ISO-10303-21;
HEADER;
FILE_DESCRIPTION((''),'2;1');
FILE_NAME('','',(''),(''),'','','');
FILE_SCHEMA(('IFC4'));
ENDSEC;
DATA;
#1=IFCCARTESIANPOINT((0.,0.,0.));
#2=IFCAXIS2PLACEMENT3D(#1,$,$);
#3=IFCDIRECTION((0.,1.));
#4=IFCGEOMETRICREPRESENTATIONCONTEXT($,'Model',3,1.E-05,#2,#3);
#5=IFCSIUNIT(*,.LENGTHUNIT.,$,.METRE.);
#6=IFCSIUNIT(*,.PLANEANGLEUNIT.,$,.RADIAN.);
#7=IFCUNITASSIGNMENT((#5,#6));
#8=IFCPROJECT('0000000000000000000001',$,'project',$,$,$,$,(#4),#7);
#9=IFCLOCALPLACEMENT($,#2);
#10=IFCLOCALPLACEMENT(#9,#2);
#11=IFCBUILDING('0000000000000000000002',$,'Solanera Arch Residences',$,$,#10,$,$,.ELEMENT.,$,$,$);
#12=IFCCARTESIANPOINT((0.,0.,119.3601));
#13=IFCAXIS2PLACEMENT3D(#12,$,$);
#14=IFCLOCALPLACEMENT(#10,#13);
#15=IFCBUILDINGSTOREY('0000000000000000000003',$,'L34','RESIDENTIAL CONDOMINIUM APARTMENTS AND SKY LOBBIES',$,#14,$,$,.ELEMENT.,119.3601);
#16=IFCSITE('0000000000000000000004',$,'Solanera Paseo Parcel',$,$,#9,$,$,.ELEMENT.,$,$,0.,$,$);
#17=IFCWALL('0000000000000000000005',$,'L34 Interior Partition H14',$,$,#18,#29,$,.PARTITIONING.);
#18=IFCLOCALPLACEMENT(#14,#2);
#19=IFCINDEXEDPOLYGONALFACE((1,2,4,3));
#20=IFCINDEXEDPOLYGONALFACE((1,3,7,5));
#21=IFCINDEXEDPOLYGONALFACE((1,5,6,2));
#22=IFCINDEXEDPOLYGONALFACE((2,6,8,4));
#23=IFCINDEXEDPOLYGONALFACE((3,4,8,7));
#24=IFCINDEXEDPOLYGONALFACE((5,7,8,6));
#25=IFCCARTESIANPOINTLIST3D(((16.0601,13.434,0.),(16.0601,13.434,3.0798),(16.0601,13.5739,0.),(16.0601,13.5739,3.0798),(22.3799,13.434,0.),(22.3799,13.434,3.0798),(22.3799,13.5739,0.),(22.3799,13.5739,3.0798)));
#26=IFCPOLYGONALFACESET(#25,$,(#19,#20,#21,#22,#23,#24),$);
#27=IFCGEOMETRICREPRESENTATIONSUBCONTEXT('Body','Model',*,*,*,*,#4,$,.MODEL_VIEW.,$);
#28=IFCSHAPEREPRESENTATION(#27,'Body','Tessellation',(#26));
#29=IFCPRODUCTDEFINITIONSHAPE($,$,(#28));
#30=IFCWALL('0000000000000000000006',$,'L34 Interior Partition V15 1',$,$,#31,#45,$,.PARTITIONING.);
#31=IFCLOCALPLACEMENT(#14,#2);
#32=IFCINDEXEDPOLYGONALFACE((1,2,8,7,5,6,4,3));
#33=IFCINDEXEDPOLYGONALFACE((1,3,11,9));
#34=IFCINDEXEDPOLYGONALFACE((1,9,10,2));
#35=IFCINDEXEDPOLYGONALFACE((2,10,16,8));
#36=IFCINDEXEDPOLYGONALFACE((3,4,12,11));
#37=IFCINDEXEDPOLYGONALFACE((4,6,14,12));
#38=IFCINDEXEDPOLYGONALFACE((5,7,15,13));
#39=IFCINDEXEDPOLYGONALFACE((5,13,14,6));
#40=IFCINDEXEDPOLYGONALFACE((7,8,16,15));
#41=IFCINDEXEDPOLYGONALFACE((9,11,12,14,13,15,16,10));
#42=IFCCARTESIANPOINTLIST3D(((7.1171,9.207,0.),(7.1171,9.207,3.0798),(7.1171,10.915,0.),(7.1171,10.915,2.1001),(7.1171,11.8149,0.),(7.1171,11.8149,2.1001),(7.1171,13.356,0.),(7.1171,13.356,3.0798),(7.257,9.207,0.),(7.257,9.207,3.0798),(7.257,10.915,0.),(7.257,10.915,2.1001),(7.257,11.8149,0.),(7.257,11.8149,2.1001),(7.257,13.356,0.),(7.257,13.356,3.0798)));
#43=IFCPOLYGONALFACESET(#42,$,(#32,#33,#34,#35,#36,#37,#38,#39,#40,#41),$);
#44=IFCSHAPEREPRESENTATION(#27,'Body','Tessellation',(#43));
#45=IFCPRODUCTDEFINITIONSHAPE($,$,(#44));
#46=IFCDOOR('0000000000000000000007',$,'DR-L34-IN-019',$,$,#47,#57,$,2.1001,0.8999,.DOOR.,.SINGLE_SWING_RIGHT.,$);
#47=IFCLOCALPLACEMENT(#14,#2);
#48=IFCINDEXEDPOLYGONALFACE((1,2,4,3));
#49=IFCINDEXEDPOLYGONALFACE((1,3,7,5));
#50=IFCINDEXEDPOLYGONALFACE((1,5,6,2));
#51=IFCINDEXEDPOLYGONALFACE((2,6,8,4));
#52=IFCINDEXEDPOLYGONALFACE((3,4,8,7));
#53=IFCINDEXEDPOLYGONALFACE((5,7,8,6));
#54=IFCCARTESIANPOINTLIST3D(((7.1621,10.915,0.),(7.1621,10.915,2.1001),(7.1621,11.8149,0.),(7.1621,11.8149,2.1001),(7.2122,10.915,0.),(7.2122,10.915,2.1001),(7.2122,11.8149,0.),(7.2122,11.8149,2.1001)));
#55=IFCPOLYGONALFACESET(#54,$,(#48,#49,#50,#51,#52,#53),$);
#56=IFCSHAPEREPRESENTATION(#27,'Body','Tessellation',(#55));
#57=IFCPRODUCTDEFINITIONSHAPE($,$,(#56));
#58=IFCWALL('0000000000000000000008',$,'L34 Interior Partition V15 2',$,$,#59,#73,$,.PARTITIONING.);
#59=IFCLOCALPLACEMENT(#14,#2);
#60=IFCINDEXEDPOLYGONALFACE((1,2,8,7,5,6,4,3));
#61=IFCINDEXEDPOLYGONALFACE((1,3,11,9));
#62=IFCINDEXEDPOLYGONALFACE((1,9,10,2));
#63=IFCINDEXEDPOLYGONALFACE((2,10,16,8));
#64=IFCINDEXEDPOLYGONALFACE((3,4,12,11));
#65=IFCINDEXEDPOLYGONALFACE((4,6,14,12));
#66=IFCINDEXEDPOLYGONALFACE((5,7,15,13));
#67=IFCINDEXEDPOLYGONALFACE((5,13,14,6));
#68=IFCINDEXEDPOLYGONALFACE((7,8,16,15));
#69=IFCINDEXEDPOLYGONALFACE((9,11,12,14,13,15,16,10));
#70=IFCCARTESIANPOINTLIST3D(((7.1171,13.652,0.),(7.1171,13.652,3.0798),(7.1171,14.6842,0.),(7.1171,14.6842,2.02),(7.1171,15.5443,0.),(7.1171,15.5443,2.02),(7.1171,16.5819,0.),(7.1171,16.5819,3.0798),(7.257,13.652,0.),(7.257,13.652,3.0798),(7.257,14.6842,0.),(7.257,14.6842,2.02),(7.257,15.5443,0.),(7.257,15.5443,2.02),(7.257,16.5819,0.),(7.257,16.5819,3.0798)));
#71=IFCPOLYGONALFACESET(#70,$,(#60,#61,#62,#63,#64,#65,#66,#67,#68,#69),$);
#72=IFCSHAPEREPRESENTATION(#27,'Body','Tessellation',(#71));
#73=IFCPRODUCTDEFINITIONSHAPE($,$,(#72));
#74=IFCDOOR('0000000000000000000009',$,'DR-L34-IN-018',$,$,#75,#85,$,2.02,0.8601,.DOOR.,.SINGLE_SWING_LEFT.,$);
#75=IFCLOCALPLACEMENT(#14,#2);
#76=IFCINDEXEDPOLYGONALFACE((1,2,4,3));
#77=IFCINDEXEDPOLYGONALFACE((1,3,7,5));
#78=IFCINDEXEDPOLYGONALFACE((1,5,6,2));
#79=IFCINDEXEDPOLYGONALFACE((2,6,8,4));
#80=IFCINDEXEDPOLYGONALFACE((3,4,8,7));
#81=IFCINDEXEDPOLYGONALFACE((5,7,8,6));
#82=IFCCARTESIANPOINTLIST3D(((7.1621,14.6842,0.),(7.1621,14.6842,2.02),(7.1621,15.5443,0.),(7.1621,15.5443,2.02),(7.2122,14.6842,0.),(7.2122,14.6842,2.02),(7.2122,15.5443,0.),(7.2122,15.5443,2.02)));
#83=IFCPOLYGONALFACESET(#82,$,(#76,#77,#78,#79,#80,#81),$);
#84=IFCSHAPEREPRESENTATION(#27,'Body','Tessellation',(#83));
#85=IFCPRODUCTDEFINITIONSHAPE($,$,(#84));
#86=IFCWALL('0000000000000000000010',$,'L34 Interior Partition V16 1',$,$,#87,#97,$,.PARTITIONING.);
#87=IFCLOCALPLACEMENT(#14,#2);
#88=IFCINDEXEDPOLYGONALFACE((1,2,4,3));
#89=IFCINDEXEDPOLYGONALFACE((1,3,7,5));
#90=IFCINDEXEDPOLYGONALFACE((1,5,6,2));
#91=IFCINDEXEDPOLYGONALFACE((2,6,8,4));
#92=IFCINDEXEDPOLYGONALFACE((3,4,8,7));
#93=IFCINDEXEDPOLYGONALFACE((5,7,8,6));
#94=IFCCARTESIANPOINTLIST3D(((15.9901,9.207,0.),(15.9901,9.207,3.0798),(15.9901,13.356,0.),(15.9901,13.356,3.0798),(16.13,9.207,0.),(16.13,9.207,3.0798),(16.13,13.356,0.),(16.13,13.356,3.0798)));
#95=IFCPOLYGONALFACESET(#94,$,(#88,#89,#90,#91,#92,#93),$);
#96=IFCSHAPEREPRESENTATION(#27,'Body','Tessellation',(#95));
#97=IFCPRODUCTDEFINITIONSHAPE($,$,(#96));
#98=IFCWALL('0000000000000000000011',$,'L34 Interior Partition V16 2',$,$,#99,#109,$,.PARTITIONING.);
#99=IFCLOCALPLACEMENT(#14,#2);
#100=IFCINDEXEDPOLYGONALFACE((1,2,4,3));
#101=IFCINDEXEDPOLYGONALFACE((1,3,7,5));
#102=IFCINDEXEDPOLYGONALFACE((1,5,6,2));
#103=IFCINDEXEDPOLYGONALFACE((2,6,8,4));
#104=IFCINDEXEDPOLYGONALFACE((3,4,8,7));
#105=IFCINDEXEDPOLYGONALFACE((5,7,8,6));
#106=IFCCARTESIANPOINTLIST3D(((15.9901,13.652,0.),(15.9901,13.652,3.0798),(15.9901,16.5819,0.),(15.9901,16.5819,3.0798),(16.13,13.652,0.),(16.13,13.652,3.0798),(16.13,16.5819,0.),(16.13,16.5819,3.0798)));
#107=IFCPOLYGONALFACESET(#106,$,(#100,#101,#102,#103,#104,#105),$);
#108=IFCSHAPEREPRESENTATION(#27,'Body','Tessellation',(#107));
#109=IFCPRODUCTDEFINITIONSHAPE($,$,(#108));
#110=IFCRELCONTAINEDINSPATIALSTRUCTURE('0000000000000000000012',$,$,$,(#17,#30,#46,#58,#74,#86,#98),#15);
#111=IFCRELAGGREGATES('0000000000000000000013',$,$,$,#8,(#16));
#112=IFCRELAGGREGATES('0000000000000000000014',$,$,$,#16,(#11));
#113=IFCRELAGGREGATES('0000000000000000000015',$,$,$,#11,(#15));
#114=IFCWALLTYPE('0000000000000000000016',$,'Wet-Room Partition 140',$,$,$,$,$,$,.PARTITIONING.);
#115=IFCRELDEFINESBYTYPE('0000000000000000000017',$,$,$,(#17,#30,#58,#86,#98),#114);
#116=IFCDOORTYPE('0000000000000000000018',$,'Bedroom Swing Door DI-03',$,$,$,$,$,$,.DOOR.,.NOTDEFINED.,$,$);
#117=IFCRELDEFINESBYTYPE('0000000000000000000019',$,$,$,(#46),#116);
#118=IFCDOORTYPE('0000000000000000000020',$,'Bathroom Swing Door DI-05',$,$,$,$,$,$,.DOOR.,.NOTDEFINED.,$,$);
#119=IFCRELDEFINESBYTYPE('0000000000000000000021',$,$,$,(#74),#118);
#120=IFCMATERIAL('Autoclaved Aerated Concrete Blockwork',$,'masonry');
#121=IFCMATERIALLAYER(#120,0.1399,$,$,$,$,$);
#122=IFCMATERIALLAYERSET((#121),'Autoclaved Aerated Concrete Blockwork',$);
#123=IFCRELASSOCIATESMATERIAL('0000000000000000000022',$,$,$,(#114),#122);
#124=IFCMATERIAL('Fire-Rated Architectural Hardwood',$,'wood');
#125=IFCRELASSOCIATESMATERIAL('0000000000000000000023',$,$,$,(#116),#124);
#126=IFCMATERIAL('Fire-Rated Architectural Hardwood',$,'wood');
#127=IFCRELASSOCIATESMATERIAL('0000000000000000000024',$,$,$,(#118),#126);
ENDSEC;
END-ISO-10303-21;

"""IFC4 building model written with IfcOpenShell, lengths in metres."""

from ifc_helpers import new_model, si_unit, direction, frame, frame_2d, origin, place, context, subcontext, project, spatial, rectangle, extrude, material, layer, layer_set, type_object, element, fill, save


model = new_model("IFC4")

# Units and contexts
model_context = context("Model", 3, precision=1e-05, world=origin(), true_north=direction((0.0, 1.0)))
body_context = subcontext(model_context, "Body", "Model", "MODEL_VIEW")
ifc_project = project(units=[si_unit("LENGTHUNIT", "METRE"), si_unit("PLANEANGLEUNIT", "RADIAN")], contexts=[model_context])

# Site, building, storey
site_placement = place(None, origin())
site = spatial("IfcSite", under=ifc_project, at=site_placement, Name="Solanera Paseo Parcel", CompositionType="ELEMENT", RefElevation=0.0)
building_placement = place(site_placement, origin())
building = spatial("IfcBuilding", under=site, at=building_placement, Name="Solanera Arch Residences", CompositionType="ELEMENT")
storey_placement = place(building_placement, frame((0.0, 0.0, 119.3601)))
storey = spatial("IfcBuildingStorey", under=building, at=storey_placement, Name="L34", Description="RESIDENTIAL CONDOMINIUM APARTMENTS AND SKY LOBBIES", CompositionType="ELEMENT", Elevation=119.3601)

# Wall
ifc_material_1 = material(Name="Autoclaved Aerated Concrete Blockwork", Category="masonry")
ifc_layer_1 = layer(ifc_material_1, 0.1399)
ifc_layer_set_1 = layer_set([ifc_layer_1], Name="Autoclaved Aerated Concrete Blockwork")
wall_type_1 = type_object("IfcWallType", Name="Wet-Room Partition 140", PredefinedType="PARTITIONING", material=ifc_layer_set_1)
wall_1_placement = place(storey_placement, frame((16.0601, 13.5039, 0.0), z_axis=(0.0, 0.0, 1.0), x_axis=(1.0, 0.0, 0.0)))
element("IfcWall", 1, at=wall_1_placement, inside=storey, type_object=wall_type_1, Name="L34 Interior Partition H14", PredefinedType="PARTITIONING", context=body_context, shape_type="SweptSolid", body=[
    extrude(rectangle(XDim=6.3198, YDim=0.1399, at=frame_2d((3.1599, 0.0))), origin(), (0.0, 0.0, 1.0), 3.0798),
])

# Walls, openings, doors
wall_2_placement = place(storey_placement, frame((7.187, 9.207, 0.0), z_axis=(0.0, 0.0, 1.0), x_axis=(0.0, 1.0, 0.0)))
wall_2 = element("IfcWall", 2, at=wall_2_placement, inside=storey, type_object=wall_type_1, Name="L34 Interior Partition V15 1", PredefinedType="PARTITIONING", context=body_context, shape_type="SweptSolid", body=[
    extrude(rectangle(XDim=4.1489, YDim=0.1399, at=frame_2d((2.0745, 0.0))), origin(), (0.0, 0.0, 1.0), 3.0798),
])
opening_1_placement = place(wall_2_placement, frame((1.708, 0.0, 0.0)))
opening_1 = element("IfcOpeningElement", 3, at=opening_1_placement, cuts=wall_2, PredefinedType="OPENING", context=body_context, shape_type="SweptSolid", body=[
    extrude(rectangle(XDim=0.8999, YDim=2.1001, at=frame_2d((0.45, 1.05))), frame((0.0, 0.0798, 0.0), z_axis=(0.0, -1.0, 0.0), x_axis=(1.0, 0.0, 0.0)), (0.0, 0.0, 1.0), 0.1599),
])
ifc_material_2 = material(Name="Fire-Rated Architectural Hardwood", Category="wood")
door_type_1 = type_object("IfcDoorType", Name="Bedroom Swing Door DI-03", OperationType="NOTDEFINED", PredefinedType="DOOR", material=ifc_material_2)
door_1_placement = place(opening_1_placement, origin())
door_1 = element("IfcDoor", 4, at=door_1_placement, inside=storey, type_object=door_type_1, Name="DR-L34-IN-019", OperationType="SINGLE_SWING_RIGHT", OverallHeight=2.1001, OverallWidth=0.8999, PredefinedType="DOOR", context=body_context, shape_type="SweptSolid", body=[
    extrude(rectangle(XDim=0.8999, YDim=2.1001, at=frame_2d((0.45, 1.05))), frame((0.0, 0.0249, 0.0), z_axis=(0.0, -1.0, 0.0), x_axis=(1.0, 0.0, 0.0)), (0.0, 0.0, 1.0), 0.05),
])
fill(opening_1, door_1)
wall_3_placement = place(storey_placement, frame((7.187, 13.6521, 0.0), z_axis=(0.0, 0.0, 1.0), x_axis=(0.0, 1.0, 0.0)))
wall_3 = element("IfcWall", 5, at=wall_3_placement, inside=storey, type_object=wall_type_1, Name="L34 Interior Partition V15 2", PredefinedType="PARTITIONING", context=body_context, shape_type="SweptSolid", body=[
    extrude(rectangle(XDim=2.9299, YDim=0.1399, at=frame_2d((1.4648, 0.0))), origin(), (0.0, 0.0, 1.0), 3.0798),
])
opening_2_placement = place(wall_3_placement, frame((1.032, 0.0, 0.0)))
opening_2 = element("IfcOpeningElement", 6, at=opening_2_placement, cuts=wall_3, PredefinedType="OPENING", context=body_context, shape_type="SweptSolid", body=[
    extrude(rectangle(XDim=0.8601, YDim=2.02, at=frame_2d((0.4302, 1.01))), frame((0.0, 0.0798, 0.0), z_axis=(0.0, -1.0, 0.0), x_axis=(1.0, 0.0, 0.0)), (0.0, 0.0, 1.0), 0.1599),
])
ifc_material_3 = material(Name="Fire-Rated Architectural Hardwood", Category="wood")
door_type_2 = type_object("IfcDoorType", Name="Bathroom Swing Door DI-05", OperationType="NOTDEFINED", PredefinedType="DOOR", material=ifc_material_3)
door_2_placement = place(opening_2_placement, origin())
door_2 = element("IfcDoor", 7, at=door_2_placement, inside=storey, type_object=door_type_2, Name="DR-L34-IN-018", OperationType="SINGLE_SWING_LEFT", OverallHeight=2.02, OverallWidth=0.8601, PredefinedType="DOOR", context=body_context, shape_type="SweptSolid", body=[
    extrude(rectangle(XDim=0.8601, YDim=2.02, at=frame_2d((0.4302, 1.01))), frame((0.0, 0.0249, 0.0), z_axis=(0.0, -1.0, 0.0), x_axis=(1.0, 0.0, 0.0)), (0.0, 0.0, 1.0), 0.05),
])
fill(opening_2, door_2)

# Walls
wall_4_placement = place(storey_placement, frame((16.0601, 9.207, 0.0), z_axis=(0.0, 0.0, 1.0), x_axis=(0.0, 1.0, 0.0)))
element("IfcWall", 8, at=wall_4_placement, inside=storey, type_object=wall_type_1, Name="L34 Interior Partition V16 1", PredefinedType="PARTITIONING", context=body_context, shape_type="SweptSolid", body=[
    extrude(rectangle(XDim=4.1489, YDim=0.1399, at=frame_2d((2.0745, 0.0))), origin(), (0.0, 0.0, 1.0), 3.0798),
])
wall_5_placement = place(storey_placement, frame((16.0601, 13.6521, 0.0), z_axis=(0.0, 0.0, 1.0), x_axis=(0.0, 1.0, 0.0)))
element("IfcWall", 9, at=wall_5_placement, inside=storey, type_object=wall_type_1, Name="L34 Interior Partition V16 2", PredefinedType="PARTITIONING", context=body_context, shape_type="SweptSolid", body=[
    extrude(rectangle(XDim=2.9299, YDim=0.1399, at=frame_2d((1.4648, 0.0))), origin(), (0.0, 0.0, 1.0), 3.0798),
])

save(model, "model.ifc")
